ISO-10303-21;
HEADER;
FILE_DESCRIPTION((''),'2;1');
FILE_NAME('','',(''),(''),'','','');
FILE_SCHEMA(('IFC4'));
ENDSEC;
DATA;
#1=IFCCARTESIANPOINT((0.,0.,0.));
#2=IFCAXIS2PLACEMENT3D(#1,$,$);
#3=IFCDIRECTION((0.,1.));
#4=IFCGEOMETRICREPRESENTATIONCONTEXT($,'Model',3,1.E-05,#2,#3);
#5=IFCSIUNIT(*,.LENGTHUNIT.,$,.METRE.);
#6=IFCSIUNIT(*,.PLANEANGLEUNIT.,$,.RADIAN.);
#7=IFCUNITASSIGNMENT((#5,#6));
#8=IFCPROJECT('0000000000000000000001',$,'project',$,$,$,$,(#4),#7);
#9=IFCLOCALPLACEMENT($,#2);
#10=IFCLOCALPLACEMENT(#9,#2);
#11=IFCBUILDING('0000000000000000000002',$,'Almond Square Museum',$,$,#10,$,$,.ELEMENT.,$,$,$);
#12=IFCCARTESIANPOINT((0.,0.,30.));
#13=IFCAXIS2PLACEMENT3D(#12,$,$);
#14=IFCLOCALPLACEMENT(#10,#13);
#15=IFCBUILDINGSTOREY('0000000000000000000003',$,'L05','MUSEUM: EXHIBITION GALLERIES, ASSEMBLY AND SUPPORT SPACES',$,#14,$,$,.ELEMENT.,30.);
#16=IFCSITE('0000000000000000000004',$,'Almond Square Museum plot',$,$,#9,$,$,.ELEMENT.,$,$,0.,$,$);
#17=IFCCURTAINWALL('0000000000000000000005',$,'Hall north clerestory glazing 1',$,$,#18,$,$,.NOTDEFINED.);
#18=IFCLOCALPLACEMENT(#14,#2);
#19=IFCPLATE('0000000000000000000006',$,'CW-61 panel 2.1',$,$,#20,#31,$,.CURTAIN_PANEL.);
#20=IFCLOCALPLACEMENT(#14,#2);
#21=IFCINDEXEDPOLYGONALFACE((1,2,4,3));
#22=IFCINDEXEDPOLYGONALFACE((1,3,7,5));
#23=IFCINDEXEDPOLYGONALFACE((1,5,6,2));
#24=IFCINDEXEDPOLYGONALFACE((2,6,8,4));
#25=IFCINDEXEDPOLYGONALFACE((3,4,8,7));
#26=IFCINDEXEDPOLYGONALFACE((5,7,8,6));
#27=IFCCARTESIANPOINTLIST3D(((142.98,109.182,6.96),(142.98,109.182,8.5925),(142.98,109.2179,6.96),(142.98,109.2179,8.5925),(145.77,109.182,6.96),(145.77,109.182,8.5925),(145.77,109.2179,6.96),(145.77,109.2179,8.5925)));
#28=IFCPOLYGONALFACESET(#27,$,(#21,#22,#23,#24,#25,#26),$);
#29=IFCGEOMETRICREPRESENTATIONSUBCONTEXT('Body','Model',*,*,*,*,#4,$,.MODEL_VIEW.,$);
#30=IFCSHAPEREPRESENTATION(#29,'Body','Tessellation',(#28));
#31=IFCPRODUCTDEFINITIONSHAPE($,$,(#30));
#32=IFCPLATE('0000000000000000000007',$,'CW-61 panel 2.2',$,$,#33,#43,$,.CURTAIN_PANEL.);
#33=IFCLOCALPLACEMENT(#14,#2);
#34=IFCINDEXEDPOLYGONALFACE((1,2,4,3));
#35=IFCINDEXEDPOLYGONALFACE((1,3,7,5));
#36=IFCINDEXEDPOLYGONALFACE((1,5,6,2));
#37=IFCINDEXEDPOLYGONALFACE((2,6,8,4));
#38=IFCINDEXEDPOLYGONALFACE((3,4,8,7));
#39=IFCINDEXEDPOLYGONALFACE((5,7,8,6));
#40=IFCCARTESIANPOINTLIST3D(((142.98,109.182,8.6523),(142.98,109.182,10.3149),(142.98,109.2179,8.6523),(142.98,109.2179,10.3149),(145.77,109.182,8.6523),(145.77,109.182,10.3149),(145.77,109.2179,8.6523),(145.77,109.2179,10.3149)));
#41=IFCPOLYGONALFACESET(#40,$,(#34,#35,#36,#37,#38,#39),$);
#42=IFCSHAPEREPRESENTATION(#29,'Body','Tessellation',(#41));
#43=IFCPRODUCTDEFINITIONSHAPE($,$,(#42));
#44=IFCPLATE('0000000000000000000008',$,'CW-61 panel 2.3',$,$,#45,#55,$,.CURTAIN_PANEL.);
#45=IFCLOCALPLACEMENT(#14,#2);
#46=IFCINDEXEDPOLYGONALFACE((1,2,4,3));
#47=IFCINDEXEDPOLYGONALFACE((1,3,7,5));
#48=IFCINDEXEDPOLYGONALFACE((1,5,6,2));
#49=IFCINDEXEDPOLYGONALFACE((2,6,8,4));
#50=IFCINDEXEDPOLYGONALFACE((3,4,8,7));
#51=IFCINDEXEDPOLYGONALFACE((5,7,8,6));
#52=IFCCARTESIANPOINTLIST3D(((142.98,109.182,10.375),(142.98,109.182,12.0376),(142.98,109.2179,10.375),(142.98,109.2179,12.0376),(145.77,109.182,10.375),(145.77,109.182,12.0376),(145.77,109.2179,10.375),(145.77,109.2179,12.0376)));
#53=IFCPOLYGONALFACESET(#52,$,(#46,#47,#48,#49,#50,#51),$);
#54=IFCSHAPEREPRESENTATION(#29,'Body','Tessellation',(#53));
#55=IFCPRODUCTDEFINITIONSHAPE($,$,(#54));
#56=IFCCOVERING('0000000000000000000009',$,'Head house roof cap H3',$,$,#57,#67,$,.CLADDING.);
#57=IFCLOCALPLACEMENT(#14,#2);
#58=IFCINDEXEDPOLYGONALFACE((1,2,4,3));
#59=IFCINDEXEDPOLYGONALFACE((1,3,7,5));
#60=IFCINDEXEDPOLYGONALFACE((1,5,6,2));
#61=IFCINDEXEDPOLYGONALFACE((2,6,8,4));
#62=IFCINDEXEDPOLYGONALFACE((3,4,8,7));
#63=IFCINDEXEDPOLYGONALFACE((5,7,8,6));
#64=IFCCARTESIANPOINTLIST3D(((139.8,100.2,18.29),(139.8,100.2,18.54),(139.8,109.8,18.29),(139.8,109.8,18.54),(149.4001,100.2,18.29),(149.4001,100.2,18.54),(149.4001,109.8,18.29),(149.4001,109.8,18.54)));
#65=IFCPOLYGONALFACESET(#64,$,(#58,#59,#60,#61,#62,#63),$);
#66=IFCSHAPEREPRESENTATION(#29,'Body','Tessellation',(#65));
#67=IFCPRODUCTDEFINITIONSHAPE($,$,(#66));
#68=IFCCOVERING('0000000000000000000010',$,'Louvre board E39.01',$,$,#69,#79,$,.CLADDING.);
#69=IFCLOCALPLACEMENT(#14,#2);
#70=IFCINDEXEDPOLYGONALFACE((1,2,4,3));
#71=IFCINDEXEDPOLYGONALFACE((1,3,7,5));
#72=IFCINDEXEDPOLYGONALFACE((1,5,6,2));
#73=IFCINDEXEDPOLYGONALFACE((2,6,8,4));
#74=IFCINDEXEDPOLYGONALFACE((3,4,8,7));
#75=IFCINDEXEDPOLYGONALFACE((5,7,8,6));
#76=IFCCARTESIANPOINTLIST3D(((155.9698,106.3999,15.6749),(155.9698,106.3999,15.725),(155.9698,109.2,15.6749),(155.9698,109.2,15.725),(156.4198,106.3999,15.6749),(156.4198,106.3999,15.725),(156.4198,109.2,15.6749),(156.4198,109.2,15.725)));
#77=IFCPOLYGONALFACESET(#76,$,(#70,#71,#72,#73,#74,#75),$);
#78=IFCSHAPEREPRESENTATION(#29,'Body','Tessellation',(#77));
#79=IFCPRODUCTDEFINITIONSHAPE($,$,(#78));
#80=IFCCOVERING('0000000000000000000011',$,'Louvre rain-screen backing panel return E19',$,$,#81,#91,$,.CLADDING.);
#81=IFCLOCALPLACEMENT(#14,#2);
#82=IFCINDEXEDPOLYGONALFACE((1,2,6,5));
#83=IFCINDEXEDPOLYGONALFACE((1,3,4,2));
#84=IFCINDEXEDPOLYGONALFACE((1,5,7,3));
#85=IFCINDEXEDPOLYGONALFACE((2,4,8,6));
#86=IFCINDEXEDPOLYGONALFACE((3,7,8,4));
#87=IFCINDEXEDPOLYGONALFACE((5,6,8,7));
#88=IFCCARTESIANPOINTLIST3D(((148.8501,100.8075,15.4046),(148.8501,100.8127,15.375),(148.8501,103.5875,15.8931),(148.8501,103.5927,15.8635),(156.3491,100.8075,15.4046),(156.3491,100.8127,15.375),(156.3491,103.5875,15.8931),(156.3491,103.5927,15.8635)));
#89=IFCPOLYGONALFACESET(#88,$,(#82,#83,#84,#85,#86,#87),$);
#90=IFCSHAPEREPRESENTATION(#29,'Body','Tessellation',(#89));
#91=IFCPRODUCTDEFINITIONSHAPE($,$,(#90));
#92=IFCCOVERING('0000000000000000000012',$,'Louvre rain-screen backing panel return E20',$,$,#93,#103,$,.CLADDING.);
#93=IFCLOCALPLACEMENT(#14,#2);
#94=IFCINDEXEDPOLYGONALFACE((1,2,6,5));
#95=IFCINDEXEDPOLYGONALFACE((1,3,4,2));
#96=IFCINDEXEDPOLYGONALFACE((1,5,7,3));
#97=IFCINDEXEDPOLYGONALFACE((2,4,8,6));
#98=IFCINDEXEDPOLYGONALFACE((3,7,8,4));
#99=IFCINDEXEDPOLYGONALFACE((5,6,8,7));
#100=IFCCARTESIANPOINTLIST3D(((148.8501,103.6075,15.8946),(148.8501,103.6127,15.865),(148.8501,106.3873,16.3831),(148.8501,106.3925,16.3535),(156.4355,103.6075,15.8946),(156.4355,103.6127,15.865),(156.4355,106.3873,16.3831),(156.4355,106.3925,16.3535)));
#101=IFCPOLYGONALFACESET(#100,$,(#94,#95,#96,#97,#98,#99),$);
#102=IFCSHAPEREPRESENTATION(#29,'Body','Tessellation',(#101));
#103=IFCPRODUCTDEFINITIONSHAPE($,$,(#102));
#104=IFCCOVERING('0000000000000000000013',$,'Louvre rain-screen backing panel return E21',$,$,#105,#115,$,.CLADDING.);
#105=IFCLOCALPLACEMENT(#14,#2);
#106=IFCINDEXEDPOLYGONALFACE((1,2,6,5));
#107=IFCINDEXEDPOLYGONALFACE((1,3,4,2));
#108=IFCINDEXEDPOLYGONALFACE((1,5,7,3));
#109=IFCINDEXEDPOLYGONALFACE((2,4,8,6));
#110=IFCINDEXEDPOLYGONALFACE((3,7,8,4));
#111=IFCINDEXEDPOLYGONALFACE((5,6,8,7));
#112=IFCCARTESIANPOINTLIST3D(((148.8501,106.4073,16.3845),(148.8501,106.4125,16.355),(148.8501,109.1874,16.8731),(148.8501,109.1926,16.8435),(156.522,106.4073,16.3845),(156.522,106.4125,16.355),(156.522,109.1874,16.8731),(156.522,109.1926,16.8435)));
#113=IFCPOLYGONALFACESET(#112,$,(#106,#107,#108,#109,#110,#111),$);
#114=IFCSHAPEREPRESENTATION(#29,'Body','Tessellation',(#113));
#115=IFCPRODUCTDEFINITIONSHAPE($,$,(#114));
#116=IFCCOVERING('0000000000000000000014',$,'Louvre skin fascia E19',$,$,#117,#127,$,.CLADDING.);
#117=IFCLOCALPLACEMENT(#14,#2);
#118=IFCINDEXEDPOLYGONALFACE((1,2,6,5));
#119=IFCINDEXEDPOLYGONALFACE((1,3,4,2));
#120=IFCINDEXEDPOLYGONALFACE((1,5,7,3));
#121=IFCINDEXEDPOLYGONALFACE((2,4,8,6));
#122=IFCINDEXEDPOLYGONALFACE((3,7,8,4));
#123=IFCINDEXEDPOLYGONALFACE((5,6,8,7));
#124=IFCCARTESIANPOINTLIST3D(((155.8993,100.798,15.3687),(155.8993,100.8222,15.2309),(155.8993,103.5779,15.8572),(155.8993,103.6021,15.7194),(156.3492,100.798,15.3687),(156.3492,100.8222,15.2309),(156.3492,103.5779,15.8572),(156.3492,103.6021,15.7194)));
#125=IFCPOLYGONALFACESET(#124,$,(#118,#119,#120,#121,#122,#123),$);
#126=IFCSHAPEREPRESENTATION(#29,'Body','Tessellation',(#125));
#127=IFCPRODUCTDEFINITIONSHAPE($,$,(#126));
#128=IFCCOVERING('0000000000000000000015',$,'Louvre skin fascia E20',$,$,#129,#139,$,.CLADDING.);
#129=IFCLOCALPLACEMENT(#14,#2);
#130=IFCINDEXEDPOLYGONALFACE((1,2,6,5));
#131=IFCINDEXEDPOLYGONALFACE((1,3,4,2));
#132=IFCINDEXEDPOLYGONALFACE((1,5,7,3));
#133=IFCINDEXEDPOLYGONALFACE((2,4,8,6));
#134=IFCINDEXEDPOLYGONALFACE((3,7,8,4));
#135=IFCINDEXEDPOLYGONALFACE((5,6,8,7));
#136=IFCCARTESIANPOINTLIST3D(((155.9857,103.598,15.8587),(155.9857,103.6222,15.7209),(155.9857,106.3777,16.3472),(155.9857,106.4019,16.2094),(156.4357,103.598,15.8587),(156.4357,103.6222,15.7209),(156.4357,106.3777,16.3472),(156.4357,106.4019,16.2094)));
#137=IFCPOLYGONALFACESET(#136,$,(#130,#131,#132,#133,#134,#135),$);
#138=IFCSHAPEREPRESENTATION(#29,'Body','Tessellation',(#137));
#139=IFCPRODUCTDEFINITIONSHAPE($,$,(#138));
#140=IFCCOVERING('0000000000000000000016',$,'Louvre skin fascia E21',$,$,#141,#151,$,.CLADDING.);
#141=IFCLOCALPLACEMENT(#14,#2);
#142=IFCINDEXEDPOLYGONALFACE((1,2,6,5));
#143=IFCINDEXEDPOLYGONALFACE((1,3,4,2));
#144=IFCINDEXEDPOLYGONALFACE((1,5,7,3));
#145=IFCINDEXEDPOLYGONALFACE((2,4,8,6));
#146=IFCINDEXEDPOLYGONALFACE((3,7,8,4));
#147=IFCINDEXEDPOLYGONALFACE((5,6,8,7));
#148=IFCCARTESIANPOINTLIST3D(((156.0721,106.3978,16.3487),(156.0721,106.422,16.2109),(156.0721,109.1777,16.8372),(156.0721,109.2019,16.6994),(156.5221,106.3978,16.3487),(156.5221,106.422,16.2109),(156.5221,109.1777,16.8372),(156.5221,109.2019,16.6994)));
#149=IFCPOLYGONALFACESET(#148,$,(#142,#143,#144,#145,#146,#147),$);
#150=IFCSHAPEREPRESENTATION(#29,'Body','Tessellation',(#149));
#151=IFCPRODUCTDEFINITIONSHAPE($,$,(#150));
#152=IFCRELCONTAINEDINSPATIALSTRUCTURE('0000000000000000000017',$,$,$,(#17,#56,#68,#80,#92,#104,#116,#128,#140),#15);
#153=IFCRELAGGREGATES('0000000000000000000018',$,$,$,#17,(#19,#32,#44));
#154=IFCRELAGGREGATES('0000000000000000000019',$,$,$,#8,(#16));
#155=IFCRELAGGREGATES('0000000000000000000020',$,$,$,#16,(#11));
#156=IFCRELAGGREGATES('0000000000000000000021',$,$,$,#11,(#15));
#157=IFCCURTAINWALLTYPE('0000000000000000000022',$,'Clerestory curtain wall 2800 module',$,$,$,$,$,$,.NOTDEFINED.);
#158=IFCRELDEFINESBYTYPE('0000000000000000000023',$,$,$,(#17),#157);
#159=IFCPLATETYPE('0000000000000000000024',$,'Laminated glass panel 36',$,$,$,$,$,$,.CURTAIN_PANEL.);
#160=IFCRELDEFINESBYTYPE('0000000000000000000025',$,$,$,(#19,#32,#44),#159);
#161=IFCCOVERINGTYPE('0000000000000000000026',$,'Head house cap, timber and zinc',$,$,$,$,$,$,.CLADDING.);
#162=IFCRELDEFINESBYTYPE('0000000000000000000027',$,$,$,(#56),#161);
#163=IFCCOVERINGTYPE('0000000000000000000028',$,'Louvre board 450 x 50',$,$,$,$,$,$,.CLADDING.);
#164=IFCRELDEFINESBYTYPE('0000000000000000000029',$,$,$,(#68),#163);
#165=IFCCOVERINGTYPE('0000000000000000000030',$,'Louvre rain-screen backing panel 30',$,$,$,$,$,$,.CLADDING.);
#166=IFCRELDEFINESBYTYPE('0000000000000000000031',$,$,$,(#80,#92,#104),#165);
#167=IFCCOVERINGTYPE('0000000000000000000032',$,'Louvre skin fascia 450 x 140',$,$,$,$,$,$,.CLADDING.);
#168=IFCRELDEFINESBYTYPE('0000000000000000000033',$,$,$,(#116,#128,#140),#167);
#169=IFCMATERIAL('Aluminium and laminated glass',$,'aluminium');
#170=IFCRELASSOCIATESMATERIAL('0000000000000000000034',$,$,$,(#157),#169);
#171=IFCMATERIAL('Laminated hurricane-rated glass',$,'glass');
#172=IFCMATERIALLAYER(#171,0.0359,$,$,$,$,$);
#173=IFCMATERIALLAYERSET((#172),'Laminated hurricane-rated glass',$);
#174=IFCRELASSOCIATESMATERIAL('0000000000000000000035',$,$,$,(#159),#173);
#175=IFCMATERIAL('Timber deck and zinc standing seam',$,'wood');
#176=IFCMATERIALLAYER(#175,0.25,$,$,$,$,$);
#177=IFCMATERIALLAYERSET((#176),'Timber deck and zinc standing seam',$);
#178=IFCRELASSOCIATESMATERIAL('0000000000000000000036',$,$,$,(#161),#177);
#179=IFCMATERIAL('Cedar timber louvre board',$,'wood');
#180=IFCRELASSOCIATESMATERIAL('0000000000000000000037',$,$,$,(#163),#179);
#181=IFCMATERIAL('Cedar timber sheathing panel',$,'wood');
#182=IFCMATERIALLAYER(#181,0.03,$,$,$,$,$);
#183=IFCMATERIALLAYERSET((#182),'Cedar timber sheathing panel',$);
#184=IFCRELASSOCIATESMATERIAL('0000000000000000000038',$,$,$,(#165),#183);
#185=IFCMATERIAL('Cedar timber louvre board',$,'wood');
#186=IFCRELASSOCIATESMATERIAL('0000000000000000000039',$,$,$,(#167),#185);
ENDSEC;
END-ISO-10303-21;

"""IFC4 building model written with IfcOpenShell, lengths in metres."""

from ifc_helpers import new_model, si_unit, direction, frame, origin, origin_2d, place, context, subcontext, project, spatial, polyline, rectangle, outline, extrude, material, layer, layer_set, material_profile, profile_set, type_object, element, aggregate, save


model = new_model("IFC4")

# Units and contexts
model_context = context("Model", 3, precision=1e-05, world=origin(), true_north=direction((0.0, 1.0)))
body_context = subcontext(model_context, "Body", "Model", "MODEL_VIEW")
ifc_project = project(units=[si_unit("LENGTHUNIT", "METRE"), si_unit("PLANEANGLEUNIT", "RADIAN")], contexts=[model_context])

# Site, building, storey
site_placement = place(None, origin())
site = spatial("IfcSite", under=ifc_project, at=site_placement, Name="Almond Square Museum plot", CompositionType="ELEMENT", RefElevation=0.0)
building_placement = place(site_placement, origin())
building = spatial("IfcBuilding", under=site, at=building_placement, Name="Almond Square Museum", CompositionType="ELEMENT")
storey_placement = place(building_placement, frame((0.0, 0.0, 30.0)))
storey = spatial("IfcBuildingStorey", under=building, at=storey_placement, Name="L05", Description="MUSEUM: EXHIBITION GALLERIES, ASSEMBLY AND SUPPORT SPACES", CompositionType="ELEMENT", Elevation=30.0)

# Curtain wall
ifc_material_1 = material(Name="Aluminium and laminated glass", Category="aluminium")
curtain_wall_type = type_object("IfcCurtainWallType", Name="Clerestory curtain wall 2800 module", PredefinedType="NOTDEFINED", material=ifc_material_1)
curtain_wall_placement = place(storey_placement, origin())
curtain_wall = element("IfcCurtainWall", 1, at=curtain_wall_placement, inside=storey, type_object=curtain_wall_type, Name="Hall north clerestory glazing 1", PredefinedType="NOTDEFINED")

# Plates
ifc_material_2 = material(Name="Laminated hurricane-rated glass", Category="glass")
ifc_layer_1 = layer(ifc_material_2, 0.0359)
ifc_layer_set_1 = layer_set([ifc_layer_1], Name="Laminated hurricane-rated glass")
plate_type = type_object("IfcPlateType", Name="Laminated glass panel 36", PredefinedType="CURTAIN_PANEL", material=ifc_layer_set_1)
plate_1_placement = place(storey_placement, frame((144.375, 109.2, 6.96), z_axis=(0.0, 0.0, 1.0), x_axis=(1.0, 0.0, 0.0)))
plate_1 = element("IfcPlate", 2, at=plate_1_placement, type_object=plate_type, Name="CW-61 panel 2.1", PredefinedType="CURTAIN_PANEL", context=body_context, shape_type="SweptSolid", body=[
    extrude(rectangle(XDim=2.79, YDim=0.0359, at=origin_2d()), origin(), (0.0, 0.0, 1.0), 1.6326),
])
plate_2_placement = place(storey_placement, frame((144.375, 109.2, 8.6523), z_axis=(0.0, 0.0, 1.0), x_axis=(1.0, 0.0, 0.0)))
plate_2 = element("IfcPlate", 3, at=plate_2_placement, type_object=plate_type, Name="CW-61 panel 2.2", PredefinedType="CURTAIN_PANEL", context=body_context, shape_type="SweptSolid", body=[
    extrude(rectangle(XDim=2.79, YDim=0.0359, at=origin_2d()), origin(), (0.0, 0.0, 1.0), 1.6626),
])
plate_3_placement = place(storey_placement, frame((144.375, 109.2, 10.375), z_axis=(0.0, 0.0, 1.0), x_axis=(1.0, 0.0, 0.0)))
plate_3 = element("IfcPlate", 4, at=plate_3_placement, type_object=plate_type, Name="CW-61 panel 2.3", PredefinedType="CURTAIN_PANEL", context=body_context, shape_type="SweptSolid", body=[
    extrude(rectangle(XDim=2.79, YDim=0.0359, at=origin_2d()), origin(), (0.0, 0.0, 1.0), 1.6626),
])
aggregate(curtain_wall, [plate_1, plate_2, plate_3])

# Coverings
ifc_material_3 = material(Name="Timber deck and zinc standing seam", Category="wood")
ifc_layer_2 = layer(ifc_material_3, 0.25)
ifc_layer_set_2 = layer_set([ifc_layer_2], Name="Timber deck and zinc standing seam")
covering_type_1 = type_object("IfcCoveringType", Name="Head house cap, timber and zinc", PredefinedType="CLADDING", material=ifc_layer_set_2)
covering_1_placement = place(storey_placement, frame((144.6001, 105.0, 18.29), z_axis=(0.0, 0.0, 1.0), x_axis=(1.0, 0.0, 0.0)))
element("IfcCovering", 5, at=covering_1_placement, inside=storey, type_object=covering_type_1, Name="Head house roof cap H3", PredefinedType="CLADDING", context=body_context, shape_type="SweptSolid", body=[
    extrude(rectangle(XDim=9.6001, YDim=9.6001, at=origin_2d()), origin(), (0.0, 0.0, 1.0), 0.25),
])
ifc_material_4 = material(Name="Cedar timber louvre board", Category="wood")
ifc_material_profile_1 = material_profile(ifc_material_4, rectangle(XDim=0.45, YDim=0.05, at=origin_2d()))
ifc_profile_set_1 = profile_set([ifc_material_profile_1], Name="Cedar timber louvre board")
covering_type_2 = type_object("IfcCoveringType", Name="Louvre board 450 x 50", PredefinedType="CLADDING", material=ifc_profile_set_1)
covering_2_placement = place(storey_placement, frame((156.1948, 106.3999, 15.7), z_axis=(0.0, 1.0, 0.0), x_axis=(-1.0, 0.0, 0.0)))
element("IfcCovering", 6, at=covering_2_placement, inside=storey, type_object=covering_type_2, Name="Louvre board E39.01", PredefinedType="CLADDING", context=body_context, shape_type="SweptSolid", body=[
    extrude(rectangle(XDim=0.45, YDim=0.05, at=origin_2d()), origin(), (0.0, 0.0, 1.0), 2.8),
])
ifc_material_5 = material(Name="Cedar timber sheathing panel", Category="wood")
ifc_layer_3 = layer(ifc_material_5, 0.03)
ifc_layer_set_3 = layer_set([ifc_layer_3], Name="Cedar timber sheathing panel")
covering_type_3 = type_object("IfcCoveringType", Name="Louvre rain-screen backing panel 30", PredefinedType="CLADDING", material=ifc_layer_set_3)
covering_3_placement = place(storey_placement, frame((148.8501, 100.8101, 15.3899), z_axis=(0.0, -0.173075, 0.984909), x_axis=(1.0, 0.0, 0.0)))
element("IfcCovering", 7, at=covering_3_placement, inside=storey, type_object=covering_type_3, Name="Louvre rain-screen backing panel return E19", PredefinedType="CLADDING", context=body_context, shape_type="SweptSolid", body=[
    extrude(outline(polyline([(0.0, 0.0), (7.499, 0.0), (7.499, 2.8226), (0.0, 2.8226), (0.0, 0.0)])), frame((0.0, 0.0, -0.0151)), (0.0, 0.0, 1.0), 0.03),
])
covering_4_placement = place(storey_placement, frame((148.8501, 103.6101, 15.8799), z_axis=(0.0, -0.17309, 0.984906), x_axis=(1.0, 0.0, 0.0)))
element("IfcCovering", 8, at=covering_4_placement, inside=storey, type_object=covering_type_3, Name="Louvre rain-screen backing panel return E20", PredefinedType="CLADDING", context=body_context, shape_type="SweptSolid", body=[
    extrude(outline(polyline([(0.0, 0.0), (7.5854, 0.0), (7.5854, 2.8224), (0.0, 2.8224), (0.0, 0.0)])), frame((0.0, 0.0, -0.0151)), (0.0, 0.0, 1.0), 0.03),
])
covering_5_placement = place(storey_placement, frame((148.8501, 106.4099, 16.3699), z_axis=(0.0, -0.173075, 0.984909), x_axis=(1.0, 0.0, 0.0)))
element("IfcCovering", 9, at=covering_5_placement, inside=storey, type_object=covering_type_3, Name="Louvre rain-screen backing panel return E21", PredefinedType="CLADDING", context=body_context, shape_type="SweptSolid", body=[
    extrude(outline(polyline([(0.0, 0.0), (7.6719, 0.0), (7.6719, 2.8226), (0.0, 2.8226), (0.0, 0.0)])), frame((0.0, 0.0, -0.0151)), (0.0, 0.0, 1.0), 0.03),
])
ifc_material_6 = material(Name="Cedar timber louvre board", Category="wood")
ifc_material_profile_2 = material_profile(ifc_material_6, rectangle(XDim=0.45, YDim=0.1399, at=origin_2d()))
ifc_profile_set_2 = profile_set([ifc_material_profile_2], Name="Cedar timber louvre board")
covering_type_4 = type_object("IfcCoveringType", Name="Louvre skin fascia 450 x 140", PredefinedType="CLADDING", material=ifc_profile_set_2)
covering_6_placement = place(storey_placement, frame((156.1243, 100.8101, 15.2998), z_axis=(0.0, 0.984909, 0.173075), x_axis=(-1.0, 0.0, 0.0)))
element("IfcCovering", 10, at=covering_6_placement, inside=storey, type_object=covering_type_4, Name="Louvre skin fascia E19", PredefinedType="CLADDING", context=body_context, shape_type="SweptSolid", body=[
    extrude(rectangle(XDim=0.45, YDim=0.1399, at=origin_2d()), origin(), (0.0, 0.0, 1.0), 2.8225),
])
covering_7_placement = place(storey_placement, frame((156.2107, 103.6101, 15.7898), z_axis=(0.0, 0.984906, 0.17309), x_axis=(-1.0, 0.0, 0.0)))
element("IfcCovering", 11, at=covering_7_placement, inside=storey, type_object=covering_type_4, Name="Louvre skin fascia E20", PredefinedType="CLADDING", context=body_context, shape_type="SweptSolid", body=[
    extrude(rectangle(XDim=0.45, YDim=0.1399, at=origin_2d()), origin(), (0.0, 0.0, 1.0), 2.8223),
])
covering_8_placement = place(storey_placement, frame((156.2971, 106.4099, 16.2798), z_axis=(0.0, 0.984909, 0.173075), x_axis=(-1.0, 0.0, 0.0)))
element("IfcCovering", 12, at=covering_8_placement, inside=storey, type_object=covering_type_4, Name="Louvre skin fascia E21", PredefinedType="CLADDING", context=body_context, shape_type="SweptSolid", body=[
    extrude(rectangle(XDim=0.45, YDim=0.1399, at=origin_2d()), origin(), (0.0, 0.0, 1.0), 2.8225),
])

save(model, "model.ifc")
